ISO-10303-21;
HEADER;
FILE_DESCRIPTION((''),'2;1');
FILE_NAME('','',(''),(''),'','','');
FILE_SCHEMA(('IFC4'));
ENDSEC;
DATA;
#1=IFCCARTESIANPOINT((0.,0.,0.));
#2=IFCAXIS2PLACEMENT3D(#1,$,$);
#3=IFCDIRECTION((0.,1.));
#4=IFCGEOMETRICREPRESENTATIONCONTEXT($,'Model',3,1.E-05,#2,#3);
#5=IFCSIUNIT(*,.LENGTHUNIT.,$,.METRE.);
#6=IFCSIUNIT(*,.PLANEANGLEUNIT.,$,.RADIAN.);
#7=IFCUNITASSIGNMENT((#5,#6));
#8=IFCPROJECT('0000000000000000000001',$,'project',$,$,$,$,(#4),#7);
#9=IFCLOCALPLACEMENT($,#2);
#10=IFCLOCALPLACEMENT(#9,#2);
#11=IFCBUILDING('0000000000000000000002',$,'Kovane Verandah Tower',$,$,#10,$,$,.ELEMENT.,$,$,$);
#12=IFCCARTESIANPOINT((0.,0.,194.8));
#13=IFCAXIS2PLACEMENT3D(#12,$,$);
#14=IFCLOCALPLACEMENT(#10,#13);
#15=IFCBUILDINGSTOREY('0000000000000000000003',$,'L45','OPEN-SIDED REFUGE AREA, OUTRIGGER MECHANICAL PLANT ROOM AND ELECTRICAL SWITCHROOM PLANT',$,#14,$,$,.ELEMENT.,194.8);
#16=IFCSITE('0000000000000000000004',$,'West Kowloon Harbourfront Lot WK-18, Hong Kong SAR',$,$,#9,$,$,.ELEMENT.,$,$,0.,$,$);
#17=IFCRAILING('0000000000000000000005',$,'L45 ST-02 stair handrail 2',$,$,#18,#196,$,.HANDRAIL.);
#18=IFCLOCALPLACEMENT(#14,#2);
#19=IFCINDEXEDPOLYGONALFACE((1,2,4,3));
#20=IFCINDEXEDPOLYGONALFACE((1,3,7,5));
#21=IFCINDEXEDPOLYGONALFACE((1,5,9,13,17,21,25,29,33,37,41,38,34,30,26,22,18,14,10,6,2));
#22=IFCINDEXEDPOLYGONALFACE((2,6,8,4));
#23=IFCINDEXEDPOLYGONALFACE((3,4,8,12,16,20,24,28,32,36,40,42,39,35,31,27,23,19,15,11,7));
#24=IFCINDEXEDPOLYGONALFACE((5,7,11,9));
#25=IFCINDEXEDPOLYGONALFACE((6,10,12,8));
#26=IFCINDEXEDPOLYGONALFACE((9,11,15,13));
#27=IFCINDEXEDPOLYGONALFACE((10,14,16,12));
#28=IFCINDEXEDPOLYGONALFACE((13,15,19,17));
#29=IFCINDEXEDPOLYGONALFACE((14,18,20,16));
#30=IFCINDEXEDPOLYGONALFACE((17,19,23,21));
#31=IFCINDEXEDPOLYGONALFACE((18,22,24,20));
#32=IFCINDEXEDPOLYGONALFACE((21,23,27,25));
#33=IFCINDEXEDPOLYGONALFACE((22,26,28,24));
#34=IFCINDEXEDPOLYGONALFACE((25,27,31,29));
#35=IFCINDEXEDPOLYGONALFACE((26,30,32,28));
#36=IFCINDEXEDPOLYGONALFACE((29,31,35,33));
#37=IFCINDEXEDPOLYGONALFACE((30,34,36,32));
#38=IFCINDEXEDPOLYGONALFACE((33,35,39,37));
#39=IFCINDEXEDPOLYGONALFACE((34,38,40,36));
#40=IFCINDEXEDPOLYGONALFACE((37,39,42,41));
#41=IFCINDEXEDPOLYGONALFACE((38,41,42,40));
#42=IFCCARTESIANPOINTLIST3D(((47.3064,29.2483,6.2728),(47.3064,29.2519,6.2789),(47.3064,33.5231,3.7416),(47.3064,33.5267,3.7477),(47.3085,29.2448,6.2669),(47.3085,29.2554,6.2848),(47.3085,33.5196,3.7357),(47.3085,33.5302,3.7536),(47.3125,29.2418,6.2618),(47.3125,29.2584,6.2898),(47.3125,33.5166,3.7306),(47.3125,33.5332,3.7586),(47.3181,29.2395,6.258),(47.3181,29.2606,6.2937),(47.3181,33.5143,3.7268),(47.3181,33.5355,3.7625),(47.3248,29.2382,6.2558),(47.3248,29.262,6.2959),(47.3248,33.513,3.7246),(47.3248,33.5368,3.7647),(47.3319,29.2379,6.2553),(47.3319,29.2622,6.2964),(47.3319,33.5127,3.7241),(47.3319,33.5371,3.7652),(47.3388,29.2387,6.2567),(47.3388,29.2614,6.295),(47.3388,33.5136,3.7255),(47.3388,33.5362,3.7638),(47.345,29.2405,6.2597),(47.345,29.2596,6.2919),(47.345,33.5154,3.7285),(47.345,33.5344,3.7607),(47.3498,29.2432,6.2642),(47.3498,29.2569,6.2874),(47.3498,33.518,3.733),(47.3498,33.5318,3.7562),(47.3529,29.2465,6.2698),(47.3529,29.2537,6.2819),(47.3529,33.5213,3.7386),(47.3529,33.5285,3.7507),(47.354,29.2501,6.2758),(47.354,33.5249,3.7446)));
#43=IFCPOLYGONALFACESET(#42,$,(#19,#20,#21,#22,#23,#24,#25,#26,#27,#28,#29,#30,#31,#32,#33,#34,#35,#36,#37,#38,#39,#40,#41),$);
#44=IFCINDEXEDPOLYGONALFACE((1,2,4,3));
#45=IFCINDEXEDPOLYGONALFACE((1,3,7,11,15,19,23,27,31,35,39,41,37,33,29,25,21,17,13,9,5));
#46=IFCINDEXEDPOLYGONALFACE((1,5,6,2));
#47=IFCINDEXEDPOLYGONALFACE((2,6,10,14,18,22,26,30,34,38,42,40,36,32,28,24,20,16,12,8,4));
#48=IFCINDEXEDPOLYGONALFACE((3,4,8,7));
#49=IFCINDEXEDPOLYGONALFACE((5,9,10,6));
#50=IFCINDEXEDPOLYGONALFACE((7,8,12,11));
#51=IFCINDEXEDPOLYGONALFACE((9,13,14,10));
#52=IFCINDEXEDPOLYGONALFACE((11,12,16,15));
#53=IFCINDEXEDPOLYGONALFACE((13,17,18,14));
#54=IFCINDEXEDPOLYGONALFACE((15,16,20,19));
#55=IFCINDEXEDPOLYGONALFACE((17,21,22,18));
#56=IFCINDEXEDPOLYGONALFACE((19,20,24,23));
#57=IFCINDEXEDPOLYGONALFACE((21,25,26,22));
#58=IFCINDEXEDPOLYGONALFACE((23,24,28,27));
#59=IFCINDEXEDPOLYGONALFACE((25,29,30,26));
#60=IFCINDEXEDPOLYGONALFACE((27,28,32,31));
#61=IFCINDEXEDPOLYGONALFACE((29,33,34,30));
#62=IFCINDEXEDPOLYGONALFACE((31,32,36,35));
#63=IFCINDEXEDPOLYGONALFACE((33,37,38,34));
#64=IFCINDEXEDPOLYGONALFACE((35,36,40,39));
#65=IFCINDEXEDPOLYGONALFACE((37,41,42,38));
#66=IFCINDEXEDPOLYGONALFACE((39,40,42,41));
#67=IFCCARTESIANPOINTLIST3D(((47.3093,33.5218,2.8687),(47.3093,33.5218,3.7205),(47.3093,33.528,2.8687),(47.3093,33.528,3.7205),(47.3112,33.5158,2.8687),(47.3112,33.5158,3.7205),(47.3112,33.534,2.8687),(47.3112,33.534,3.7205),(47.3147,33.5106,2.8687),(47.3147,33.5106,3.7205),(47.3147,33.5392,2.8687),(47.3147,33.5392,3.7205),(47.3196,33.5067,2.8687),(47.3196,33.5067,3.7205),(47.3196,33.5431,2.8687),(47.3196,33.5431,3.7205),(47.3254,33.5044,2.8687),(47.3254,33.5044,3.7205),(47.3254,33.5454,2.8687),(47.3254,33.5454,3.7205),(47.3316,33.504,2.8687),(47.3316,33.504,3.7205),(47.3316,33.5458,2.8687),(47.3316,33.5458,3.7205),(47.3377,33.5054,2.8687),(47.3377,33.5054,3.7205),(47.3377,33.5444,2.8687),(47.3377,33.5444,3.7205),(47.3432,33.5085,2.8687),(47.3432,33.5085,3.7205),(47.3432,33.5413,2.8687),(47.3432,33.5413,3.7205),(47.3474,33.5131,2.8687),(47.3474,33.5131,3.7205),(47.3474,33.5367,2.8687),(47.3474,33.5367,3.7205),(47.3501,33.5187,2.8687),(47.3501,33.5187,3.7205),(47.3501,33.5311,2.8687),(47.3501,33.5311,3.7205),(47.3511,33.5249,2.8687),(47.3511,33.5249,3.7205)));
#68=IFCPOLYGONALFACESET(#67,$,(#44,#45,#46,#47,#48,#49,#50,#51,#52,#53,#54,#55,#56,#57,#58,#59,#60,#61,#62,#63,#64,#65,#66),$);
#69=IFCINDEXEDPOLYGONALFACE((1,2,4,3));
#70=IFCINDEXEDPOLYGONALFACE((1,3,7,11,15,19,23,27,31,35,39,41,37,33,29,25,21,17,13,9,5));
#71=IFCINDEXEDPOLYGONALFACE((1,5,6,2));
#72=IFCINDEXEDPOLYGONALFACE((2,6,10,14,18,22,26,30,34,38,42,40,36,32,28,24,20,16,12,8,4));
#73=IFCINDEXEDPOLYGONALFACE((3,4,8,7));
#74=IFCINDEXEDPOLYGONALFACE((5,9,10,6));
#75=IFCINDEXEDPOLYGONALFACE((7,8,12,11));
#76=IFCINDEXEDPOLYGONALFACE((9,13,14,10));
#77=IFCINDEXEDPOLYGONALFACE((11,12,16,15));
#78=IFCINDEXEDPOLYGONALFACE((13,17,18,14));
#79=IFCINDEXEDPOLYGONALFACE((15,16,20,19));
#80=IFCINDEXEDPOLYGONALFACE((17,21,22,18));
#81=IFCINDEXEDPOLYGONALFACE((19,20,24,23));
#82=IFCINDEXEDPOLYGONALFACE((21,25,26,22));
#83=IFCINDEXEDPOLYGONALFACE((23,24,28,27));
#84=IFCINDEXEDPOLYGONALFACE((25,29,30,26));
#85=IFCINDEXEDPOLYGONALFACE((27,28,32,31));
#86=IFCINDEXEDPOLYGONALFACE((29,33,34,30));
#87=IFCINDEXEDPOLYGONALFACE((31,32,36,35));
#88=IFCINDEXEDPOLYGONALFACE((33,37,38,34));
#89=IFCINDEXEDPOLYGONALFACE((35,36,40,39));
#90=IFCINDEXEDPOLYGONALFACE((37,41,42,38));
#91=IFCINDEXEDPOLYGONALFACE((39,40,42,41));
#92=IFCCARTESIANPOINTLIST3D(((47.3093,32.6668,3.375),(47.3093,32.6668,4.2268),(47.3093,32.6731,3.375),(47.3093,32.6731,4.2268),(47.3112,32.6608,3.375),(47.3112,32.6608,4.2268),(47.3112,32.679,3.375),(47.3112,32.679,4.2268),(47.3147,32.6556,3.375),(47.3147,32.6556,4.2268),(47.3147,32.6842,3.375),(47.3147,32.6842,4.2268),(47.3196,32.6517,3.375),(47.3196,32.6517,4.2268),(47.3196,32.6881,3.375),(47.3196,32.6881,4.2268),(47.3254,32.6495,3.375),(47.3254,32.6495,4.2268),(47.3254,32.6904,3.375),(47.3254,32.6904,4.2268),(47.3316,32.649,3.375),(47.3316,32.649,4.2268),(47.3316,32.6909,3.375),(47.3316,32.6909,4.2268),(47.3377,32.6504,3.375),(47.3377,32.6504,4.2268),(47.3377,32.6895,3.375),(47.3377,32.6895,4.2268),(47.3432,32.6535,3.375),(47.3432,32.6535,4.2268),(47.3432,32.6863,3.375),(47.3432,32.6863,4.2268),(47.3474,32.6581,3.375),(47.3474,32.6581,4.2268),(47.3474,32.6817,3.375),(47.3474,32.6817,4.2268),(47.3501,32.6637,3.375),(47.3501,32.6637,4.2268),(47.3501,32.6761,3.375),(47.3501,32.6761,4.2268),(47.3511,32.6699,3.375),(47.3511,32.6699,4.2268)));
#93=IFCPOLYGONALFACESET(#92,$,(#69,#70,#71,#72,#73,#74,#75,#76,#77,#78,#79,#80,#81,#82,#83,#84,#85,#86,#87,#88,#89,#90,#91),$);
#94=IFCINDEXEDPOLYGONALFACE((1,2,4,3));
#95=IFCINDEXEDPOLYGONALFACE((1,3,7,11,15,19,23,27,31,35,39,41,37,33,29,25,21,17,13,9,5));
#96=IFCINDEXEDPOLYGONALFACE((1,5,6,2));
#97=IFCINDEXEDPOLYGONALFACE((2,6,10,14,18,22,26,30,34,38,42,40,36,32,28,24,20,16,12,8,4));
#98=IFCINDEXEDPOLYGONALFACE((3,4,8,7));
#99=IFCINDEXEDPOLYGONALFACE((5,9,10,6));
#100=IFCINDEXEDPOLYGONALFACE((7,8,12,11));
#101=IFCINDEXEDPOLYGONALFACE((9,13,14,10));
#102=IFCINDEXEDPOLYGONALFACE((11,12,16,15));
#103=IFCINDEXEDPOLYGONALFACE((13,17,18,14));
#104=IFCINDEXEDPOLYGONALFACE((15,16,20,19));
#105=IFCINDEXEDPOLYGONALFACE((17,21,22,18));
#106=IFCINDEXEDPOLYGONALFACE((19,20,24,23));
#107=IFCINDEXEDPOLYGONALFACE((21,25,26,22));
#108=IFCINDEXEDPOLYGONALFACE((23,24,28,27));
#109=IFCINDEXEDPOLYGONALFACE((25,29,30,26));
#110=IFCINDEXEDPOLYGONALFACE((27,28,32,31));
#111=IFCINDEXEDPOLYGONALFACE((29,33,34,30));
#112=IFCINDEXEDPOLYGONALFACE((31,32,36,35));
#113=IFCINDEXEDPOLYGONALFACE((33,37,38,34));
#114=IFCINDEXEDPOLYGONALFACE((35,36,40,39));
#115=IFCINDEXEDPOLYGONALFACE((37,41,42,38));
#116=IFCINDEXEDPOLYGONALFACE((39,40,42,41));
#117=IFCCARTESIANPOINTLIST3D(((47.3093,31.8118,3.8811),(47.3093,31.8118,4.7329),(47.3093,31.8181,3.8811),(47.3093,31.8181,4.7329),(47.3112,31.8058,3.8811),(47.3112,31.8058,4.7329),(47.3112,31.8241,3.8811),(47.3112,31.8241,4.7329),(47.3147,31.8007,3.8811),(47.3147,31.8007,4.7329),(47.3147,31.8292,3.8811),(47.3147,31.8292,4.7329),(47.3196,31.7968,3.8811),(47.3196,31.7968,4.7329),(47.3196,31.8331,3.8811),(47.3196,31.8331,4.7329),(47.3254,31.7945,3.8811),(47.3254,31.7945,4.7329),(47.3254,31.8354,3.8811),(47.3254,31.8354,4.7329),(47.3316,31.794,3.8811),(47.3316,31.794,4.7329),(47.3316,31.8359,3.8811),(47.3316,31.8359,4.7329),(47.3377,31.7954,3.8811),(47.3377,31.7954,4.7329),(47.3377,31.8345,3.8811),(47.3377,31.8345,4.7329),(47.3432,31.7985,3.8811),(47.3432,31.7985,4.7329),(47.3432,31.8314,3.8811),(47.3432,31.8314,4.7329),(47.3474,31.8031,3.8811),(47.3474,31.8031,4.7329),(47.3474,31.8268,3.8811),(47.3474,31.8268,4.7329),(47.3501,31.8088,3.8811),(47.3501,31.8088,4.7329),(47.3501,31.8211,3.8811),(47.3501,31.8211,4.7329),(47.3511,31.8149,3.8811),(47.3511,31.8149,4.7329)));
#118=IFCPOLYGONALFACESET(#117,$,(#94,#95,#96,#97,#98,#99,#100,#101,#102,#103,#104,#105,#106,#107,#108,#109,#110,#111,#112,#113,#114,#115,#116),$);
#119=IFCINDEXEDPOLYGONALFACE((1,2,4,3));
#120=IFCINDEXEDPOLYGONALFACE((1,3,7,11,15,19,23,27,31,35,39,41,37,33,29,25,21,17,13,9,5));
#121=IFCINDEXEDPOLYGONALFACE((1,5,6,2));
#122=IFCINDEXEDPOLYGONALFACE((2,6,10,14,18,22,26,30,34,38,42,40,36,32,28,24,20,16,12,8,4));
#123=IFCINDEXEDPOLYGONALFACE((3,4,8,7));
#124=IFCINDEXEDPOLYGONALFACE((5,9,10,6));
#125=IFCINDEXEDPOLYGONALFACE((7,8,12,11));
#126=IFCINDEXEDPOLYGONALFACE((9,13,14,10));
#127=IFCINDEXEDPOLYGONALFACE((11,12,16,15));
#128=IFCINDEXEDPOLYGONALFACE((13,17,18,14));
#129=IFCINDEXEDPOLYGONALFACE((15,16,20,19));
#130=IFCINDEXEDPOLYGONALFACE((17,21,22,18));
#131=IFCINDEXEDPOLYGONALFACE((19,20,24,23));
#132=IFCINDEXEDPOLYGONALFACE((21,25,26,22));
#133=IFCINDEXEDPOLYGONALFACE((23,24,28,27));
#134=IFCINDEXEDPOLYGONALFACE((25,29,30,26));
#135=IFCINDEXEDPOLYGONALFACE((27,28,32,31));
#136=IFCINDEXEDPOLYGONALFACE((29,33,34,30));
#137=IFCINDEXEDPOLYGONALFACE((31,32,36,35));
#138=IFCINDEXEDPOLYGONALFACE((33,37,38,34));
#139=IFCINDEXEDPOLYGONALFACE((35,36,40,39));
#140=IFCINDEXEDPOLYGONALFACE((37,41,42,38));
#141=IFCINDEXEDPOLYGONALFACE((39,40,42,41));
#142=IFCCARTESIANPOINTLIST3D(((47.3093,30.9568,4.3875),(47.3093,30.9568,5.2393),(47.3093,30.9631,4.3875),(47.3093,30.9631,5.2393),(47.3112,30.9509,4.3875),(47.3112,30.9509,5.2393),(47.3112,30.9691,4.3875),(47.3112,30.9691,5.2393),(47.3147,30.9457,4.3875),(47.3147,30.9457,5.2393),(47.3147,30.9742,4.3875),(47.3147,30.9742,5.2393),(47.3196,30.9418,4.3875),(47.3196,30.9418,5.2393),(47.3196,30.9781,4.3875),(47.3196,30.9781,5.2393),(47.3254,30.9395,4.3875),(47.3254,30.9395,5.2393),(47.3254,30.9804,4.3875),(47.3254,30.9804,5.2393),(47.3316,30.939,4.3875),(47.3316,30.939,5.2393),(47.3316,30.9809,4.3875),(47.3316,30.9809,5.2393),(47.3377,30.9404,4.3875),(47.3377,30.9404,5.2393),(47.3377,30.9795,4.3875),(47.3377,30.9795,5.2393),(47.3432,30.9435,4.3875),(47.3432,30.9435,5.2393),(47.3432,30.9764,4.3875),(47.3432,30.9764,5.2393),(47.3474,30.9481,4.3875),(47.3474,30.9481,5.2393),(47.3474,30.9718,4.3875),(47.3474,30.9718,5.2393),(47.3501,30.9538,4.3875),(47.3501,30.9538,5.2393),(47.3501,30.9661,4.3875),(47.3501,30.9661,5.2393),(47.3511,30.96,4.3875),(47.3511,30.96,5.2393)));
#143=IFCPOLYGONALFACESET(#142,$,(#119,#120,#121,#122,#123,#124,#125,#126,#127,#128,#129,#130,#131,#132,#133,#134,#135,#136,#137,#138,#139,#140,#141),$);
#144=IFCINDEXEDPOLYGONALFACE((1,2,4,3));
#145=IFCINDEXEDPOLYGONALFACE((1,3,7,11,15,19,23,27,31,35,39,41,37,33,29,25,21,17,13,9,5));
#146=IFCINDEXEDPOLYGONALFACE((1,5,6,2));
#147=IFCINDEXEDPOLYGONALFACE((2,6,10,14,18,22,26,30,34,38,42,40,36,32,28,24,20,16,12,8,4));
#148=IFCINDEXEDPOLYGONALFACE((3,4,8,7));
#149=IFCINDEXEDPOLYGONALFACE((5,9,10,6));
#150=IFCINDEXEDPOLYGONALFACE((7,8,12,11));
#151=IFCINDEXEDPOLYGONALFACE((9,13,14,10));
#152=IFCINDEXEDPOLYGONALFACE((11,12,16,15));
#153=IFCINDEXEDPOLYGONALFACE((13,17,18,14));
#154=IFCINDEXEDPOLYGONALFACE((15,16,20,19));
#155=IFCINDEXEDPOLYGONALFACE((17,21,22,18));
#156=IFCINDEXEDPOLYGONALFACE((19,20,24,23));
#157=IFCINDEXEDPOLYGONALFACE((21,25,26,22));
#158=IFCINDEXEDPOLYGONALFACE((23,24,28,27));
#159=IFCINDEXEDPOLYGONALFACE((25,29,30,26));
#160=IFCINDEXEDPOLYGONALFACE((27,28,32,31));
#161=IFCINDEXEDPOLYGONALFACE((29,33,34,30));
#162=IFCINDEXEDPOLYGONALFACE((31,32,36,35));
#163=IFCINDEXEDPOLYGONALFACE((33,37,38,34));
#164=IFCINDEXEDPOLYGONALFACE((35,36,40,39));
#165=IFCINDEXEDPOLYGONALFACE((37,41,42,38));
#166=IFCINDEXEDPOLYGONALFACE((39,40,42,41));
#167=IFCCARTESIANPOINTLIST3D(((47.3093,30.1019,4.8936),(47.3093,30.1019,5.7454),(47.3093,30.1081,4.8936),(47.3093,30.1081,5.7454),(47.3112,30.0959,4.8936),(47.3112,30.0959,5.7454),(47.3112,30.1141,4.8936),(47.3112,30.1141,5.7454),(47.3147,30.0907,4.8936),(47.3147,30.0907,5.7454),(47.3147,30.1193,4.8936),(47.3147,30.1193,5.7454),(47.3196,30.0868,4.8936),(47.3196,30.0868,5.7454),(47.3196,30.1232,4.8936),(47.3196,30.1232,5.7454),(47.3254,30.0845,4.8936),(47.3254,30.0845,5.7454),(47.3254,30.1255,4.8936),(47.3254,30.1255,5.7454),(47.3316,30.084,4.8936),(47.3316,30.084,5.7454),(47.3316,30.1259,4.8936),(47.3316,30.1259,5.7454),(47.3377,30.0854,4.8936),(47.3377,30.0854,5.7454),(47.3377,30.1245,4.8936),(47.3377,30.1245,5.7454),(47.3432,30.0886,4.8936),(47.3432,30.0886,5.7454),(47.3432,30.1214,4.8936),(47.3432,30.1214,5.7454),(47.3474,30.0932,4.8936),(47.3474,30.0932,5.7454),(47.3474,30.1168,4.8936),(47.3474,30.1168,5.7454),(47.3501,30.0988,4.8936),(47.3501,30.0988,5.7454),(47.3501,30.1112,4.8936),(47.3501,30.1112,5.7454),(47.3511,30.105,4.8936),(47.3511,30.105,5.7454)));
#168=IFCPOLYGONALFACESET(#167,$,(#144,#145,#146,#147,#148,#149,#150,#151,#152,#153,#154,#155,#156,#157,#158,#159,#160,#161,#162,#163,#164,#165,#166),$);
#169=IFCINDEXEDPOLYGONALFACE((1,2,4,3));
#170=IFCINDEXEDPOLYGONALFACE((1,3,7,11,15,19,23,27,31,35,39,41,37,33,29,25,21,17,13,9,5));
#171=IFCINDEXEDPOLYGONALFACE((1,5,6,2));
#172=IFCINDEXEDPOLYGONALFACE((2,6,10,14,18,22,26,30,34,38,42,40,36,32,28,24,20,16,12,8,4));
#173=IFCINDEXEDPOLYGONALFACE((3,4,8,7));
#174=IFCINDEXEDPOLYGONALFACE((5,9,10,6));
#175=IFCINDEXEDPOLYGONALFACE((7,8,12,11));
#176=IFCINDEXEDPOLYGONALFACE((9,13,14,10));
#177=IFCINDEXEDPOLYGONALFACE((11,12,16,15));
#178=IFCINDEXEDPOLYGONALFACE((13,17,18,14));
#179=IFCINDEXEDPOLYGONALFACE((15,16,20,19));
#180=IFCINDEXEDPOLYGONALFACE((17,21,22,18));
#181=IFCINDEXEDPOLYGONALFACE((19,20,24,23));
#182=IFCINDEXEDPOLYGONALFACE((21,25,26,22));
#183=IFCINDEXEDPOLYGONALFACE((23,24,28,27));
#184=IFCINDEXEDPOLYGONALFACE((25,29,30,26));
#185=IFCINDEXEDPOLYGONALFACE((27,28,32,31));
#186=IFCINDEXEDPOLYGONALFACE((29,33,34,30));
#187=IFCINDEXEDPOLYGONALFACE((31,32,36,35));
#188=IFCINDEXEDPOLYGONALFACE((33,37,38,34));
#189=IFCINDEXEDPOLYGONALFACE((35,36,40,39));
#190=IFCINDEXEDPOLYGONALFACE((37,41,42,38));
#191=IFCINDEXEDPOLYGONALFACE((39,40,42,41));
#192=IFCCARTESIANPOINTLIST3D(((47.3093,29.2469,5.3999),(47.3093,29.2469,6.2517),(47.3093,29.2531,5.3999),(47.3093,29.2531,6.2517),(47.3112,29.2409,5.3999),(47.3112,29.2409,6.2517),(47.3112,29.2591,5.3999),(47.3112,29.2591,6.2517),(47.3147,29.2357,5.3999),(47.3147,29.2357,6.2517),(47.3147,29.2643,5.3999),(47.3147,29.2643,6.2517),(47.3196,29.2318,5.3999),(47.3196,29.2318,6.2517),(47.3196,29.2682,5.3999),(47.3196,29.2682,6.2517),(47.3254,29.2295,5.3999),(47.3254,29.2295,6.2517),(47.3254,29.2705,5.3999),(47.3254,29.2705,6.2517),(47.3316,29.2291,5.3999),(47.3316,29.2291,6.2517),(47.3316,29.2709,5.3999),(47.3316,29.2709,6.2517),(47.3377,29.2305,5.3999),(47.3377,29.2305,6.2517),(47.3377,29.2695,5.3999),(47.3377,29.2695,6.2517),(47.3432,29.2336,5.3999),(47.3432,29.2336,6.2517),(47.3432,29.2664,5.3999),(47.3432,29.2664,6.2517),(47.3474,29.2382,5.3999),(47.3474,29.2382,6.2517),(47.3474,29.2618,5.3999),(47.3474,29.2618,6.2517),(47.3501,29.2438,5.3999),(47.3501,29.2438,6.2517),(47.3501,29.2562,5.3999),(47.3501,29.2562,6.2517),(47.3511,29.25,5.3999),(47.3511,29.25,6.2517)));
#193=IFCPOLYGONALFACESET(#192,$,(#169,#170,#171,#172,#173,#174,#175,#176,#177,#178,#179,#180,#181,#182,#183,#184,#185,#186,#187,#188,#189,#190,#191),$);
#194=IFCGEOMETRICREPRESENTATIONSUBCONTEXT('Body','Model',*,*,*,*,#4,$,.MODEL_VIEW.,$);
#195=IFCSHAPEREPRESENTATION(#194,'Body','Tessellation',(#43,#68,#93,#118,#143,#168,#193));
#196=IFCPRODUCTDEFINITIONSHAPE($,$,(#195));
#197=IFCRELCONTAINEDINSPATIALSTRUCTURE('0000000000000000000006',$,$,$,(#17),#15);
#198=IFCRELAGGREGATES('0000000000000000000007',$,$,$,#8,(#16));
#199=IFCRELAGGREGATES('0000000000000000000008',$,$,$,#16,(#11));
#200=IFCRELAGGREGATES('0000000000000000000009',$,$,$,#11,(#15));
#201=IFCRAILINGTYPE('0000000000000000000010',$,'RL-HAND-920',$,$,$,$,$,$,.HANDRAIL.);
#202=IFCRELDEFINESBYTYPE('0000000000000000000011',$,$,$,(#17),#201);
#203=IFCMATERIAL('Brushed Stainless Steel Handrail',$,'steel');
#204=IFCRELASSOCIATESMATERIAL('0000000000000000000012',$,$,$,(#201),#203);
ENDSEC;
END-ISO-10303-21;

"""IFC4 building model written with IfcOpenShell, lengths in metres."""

from ifc_helpers import new_model, si_unit, direction, frame, origin, origin_2d, place, context, subcontext, project, spatial, circle, extrude, material, type_object, element, save


model = new_model("IFC4")

# Units and contexts
model_context = context("Model", 3, precision=1e-05, world=origin(), true_north=direction((0.0, 1.0)))
body_context = subcontext(model_context, "Body", "Model", "MODEL_VIEW")
ifc_project = project(units=[si_unit("LENGTHUNIT", "METRE"), si_unit("PLANEANGLEUNIT", "RADIAN")], contexts=[model_context])

# Site, building, storey
site_placement = place(None, origin())
site = spatial("IfcSite", under=ifc_project, at=site_placement, Name="West Kowloon Harbourfront Lot WK-18, Hong Kong SAR", CompositionType="ELEMENT", RefElevation=0.0)
building_placement = place(site_placement, origin())
building = spatial("IfcBuilding", under=site, at=building_placement, Name="Kovane Verandah Tower", CompositionType="ELEMENT")
storey_placement = place(building_placement, frame((0.0, 0.0, 194.8)))
storey = spatial("IfcBuildingStorey", under=building, at=storey_placement, Name="L45", Description="OPEN-SIDED REFUGE AREA, OUTRIGGER MECHANICAL PLANT ROOM AND ELECTRICAL SWITCHROOM PLANT", CompositionType="ELEMENT", Elevation=194.8)

# Railing
ifc_material_1 = material(Name="Brushed Stainless Steel Handrail", Category="steel")
railing_type_1 = type_object("IfcRailingType", Name="RL-HAND-920", PredefinedType="HANDRAIL", material=ifc_material_1)
railing_1_placement = place(storey_placement, frame((47.3301, 33.5249, 2.8687)))
element("IfcRailing", 1, at=railing_1_placement, inside=storey, type_object=railing_type_1, Name="L45 ST-02 stair handrail 2", PredefinedType="HANDRAIL", context=body_context, shape_type="SweptSolid", body=[
    extrude(circle(Radius=0.0239, at=origin_2d()), frame((0.0, 0.0, 0.876), z_axis=(0.0, -0.86047, 0.509501), x_axis=(1.0, 0.0, 0.0)), (0.0, 0.0, 1.0), 4.968),
    extrude(circle(Radius=0.021, at=origin_2d()), origin(), (0.0, 0.0, 1.0), 0.8518),
    extrude(circle(Radius=0.021, at=origin_2d()), frame((0.0, -0.855, 0.5063)), (0.0, 0.0, 1.0), 0.8518),
    extrude(circle(Radius=0.021, at=origin_2d()), frame((0.0, -1.71, 1.0125)), (0.0, 0.0, 1.0), 0.8518),
    extrude(circle(Radius=0.021, at=origin_2d()), frame((0.0, -2.5649, 1.5188)), (0.0, 0.0, 1.0), 0.8518),
    extrude(circle(Radius=0.021, at=origin_2d()), frame((0.0, -3.4199, 2.0249)), (0.0, 0.0, 1.0), 0.8518),
    extrude(circle(Radius=0.021, at=origin_2d()), frame((0.0, -4.2749, 2.5312)), (0.0, 0.0, 1.0), 0.8518),
])

save(model, "model.ifc")
